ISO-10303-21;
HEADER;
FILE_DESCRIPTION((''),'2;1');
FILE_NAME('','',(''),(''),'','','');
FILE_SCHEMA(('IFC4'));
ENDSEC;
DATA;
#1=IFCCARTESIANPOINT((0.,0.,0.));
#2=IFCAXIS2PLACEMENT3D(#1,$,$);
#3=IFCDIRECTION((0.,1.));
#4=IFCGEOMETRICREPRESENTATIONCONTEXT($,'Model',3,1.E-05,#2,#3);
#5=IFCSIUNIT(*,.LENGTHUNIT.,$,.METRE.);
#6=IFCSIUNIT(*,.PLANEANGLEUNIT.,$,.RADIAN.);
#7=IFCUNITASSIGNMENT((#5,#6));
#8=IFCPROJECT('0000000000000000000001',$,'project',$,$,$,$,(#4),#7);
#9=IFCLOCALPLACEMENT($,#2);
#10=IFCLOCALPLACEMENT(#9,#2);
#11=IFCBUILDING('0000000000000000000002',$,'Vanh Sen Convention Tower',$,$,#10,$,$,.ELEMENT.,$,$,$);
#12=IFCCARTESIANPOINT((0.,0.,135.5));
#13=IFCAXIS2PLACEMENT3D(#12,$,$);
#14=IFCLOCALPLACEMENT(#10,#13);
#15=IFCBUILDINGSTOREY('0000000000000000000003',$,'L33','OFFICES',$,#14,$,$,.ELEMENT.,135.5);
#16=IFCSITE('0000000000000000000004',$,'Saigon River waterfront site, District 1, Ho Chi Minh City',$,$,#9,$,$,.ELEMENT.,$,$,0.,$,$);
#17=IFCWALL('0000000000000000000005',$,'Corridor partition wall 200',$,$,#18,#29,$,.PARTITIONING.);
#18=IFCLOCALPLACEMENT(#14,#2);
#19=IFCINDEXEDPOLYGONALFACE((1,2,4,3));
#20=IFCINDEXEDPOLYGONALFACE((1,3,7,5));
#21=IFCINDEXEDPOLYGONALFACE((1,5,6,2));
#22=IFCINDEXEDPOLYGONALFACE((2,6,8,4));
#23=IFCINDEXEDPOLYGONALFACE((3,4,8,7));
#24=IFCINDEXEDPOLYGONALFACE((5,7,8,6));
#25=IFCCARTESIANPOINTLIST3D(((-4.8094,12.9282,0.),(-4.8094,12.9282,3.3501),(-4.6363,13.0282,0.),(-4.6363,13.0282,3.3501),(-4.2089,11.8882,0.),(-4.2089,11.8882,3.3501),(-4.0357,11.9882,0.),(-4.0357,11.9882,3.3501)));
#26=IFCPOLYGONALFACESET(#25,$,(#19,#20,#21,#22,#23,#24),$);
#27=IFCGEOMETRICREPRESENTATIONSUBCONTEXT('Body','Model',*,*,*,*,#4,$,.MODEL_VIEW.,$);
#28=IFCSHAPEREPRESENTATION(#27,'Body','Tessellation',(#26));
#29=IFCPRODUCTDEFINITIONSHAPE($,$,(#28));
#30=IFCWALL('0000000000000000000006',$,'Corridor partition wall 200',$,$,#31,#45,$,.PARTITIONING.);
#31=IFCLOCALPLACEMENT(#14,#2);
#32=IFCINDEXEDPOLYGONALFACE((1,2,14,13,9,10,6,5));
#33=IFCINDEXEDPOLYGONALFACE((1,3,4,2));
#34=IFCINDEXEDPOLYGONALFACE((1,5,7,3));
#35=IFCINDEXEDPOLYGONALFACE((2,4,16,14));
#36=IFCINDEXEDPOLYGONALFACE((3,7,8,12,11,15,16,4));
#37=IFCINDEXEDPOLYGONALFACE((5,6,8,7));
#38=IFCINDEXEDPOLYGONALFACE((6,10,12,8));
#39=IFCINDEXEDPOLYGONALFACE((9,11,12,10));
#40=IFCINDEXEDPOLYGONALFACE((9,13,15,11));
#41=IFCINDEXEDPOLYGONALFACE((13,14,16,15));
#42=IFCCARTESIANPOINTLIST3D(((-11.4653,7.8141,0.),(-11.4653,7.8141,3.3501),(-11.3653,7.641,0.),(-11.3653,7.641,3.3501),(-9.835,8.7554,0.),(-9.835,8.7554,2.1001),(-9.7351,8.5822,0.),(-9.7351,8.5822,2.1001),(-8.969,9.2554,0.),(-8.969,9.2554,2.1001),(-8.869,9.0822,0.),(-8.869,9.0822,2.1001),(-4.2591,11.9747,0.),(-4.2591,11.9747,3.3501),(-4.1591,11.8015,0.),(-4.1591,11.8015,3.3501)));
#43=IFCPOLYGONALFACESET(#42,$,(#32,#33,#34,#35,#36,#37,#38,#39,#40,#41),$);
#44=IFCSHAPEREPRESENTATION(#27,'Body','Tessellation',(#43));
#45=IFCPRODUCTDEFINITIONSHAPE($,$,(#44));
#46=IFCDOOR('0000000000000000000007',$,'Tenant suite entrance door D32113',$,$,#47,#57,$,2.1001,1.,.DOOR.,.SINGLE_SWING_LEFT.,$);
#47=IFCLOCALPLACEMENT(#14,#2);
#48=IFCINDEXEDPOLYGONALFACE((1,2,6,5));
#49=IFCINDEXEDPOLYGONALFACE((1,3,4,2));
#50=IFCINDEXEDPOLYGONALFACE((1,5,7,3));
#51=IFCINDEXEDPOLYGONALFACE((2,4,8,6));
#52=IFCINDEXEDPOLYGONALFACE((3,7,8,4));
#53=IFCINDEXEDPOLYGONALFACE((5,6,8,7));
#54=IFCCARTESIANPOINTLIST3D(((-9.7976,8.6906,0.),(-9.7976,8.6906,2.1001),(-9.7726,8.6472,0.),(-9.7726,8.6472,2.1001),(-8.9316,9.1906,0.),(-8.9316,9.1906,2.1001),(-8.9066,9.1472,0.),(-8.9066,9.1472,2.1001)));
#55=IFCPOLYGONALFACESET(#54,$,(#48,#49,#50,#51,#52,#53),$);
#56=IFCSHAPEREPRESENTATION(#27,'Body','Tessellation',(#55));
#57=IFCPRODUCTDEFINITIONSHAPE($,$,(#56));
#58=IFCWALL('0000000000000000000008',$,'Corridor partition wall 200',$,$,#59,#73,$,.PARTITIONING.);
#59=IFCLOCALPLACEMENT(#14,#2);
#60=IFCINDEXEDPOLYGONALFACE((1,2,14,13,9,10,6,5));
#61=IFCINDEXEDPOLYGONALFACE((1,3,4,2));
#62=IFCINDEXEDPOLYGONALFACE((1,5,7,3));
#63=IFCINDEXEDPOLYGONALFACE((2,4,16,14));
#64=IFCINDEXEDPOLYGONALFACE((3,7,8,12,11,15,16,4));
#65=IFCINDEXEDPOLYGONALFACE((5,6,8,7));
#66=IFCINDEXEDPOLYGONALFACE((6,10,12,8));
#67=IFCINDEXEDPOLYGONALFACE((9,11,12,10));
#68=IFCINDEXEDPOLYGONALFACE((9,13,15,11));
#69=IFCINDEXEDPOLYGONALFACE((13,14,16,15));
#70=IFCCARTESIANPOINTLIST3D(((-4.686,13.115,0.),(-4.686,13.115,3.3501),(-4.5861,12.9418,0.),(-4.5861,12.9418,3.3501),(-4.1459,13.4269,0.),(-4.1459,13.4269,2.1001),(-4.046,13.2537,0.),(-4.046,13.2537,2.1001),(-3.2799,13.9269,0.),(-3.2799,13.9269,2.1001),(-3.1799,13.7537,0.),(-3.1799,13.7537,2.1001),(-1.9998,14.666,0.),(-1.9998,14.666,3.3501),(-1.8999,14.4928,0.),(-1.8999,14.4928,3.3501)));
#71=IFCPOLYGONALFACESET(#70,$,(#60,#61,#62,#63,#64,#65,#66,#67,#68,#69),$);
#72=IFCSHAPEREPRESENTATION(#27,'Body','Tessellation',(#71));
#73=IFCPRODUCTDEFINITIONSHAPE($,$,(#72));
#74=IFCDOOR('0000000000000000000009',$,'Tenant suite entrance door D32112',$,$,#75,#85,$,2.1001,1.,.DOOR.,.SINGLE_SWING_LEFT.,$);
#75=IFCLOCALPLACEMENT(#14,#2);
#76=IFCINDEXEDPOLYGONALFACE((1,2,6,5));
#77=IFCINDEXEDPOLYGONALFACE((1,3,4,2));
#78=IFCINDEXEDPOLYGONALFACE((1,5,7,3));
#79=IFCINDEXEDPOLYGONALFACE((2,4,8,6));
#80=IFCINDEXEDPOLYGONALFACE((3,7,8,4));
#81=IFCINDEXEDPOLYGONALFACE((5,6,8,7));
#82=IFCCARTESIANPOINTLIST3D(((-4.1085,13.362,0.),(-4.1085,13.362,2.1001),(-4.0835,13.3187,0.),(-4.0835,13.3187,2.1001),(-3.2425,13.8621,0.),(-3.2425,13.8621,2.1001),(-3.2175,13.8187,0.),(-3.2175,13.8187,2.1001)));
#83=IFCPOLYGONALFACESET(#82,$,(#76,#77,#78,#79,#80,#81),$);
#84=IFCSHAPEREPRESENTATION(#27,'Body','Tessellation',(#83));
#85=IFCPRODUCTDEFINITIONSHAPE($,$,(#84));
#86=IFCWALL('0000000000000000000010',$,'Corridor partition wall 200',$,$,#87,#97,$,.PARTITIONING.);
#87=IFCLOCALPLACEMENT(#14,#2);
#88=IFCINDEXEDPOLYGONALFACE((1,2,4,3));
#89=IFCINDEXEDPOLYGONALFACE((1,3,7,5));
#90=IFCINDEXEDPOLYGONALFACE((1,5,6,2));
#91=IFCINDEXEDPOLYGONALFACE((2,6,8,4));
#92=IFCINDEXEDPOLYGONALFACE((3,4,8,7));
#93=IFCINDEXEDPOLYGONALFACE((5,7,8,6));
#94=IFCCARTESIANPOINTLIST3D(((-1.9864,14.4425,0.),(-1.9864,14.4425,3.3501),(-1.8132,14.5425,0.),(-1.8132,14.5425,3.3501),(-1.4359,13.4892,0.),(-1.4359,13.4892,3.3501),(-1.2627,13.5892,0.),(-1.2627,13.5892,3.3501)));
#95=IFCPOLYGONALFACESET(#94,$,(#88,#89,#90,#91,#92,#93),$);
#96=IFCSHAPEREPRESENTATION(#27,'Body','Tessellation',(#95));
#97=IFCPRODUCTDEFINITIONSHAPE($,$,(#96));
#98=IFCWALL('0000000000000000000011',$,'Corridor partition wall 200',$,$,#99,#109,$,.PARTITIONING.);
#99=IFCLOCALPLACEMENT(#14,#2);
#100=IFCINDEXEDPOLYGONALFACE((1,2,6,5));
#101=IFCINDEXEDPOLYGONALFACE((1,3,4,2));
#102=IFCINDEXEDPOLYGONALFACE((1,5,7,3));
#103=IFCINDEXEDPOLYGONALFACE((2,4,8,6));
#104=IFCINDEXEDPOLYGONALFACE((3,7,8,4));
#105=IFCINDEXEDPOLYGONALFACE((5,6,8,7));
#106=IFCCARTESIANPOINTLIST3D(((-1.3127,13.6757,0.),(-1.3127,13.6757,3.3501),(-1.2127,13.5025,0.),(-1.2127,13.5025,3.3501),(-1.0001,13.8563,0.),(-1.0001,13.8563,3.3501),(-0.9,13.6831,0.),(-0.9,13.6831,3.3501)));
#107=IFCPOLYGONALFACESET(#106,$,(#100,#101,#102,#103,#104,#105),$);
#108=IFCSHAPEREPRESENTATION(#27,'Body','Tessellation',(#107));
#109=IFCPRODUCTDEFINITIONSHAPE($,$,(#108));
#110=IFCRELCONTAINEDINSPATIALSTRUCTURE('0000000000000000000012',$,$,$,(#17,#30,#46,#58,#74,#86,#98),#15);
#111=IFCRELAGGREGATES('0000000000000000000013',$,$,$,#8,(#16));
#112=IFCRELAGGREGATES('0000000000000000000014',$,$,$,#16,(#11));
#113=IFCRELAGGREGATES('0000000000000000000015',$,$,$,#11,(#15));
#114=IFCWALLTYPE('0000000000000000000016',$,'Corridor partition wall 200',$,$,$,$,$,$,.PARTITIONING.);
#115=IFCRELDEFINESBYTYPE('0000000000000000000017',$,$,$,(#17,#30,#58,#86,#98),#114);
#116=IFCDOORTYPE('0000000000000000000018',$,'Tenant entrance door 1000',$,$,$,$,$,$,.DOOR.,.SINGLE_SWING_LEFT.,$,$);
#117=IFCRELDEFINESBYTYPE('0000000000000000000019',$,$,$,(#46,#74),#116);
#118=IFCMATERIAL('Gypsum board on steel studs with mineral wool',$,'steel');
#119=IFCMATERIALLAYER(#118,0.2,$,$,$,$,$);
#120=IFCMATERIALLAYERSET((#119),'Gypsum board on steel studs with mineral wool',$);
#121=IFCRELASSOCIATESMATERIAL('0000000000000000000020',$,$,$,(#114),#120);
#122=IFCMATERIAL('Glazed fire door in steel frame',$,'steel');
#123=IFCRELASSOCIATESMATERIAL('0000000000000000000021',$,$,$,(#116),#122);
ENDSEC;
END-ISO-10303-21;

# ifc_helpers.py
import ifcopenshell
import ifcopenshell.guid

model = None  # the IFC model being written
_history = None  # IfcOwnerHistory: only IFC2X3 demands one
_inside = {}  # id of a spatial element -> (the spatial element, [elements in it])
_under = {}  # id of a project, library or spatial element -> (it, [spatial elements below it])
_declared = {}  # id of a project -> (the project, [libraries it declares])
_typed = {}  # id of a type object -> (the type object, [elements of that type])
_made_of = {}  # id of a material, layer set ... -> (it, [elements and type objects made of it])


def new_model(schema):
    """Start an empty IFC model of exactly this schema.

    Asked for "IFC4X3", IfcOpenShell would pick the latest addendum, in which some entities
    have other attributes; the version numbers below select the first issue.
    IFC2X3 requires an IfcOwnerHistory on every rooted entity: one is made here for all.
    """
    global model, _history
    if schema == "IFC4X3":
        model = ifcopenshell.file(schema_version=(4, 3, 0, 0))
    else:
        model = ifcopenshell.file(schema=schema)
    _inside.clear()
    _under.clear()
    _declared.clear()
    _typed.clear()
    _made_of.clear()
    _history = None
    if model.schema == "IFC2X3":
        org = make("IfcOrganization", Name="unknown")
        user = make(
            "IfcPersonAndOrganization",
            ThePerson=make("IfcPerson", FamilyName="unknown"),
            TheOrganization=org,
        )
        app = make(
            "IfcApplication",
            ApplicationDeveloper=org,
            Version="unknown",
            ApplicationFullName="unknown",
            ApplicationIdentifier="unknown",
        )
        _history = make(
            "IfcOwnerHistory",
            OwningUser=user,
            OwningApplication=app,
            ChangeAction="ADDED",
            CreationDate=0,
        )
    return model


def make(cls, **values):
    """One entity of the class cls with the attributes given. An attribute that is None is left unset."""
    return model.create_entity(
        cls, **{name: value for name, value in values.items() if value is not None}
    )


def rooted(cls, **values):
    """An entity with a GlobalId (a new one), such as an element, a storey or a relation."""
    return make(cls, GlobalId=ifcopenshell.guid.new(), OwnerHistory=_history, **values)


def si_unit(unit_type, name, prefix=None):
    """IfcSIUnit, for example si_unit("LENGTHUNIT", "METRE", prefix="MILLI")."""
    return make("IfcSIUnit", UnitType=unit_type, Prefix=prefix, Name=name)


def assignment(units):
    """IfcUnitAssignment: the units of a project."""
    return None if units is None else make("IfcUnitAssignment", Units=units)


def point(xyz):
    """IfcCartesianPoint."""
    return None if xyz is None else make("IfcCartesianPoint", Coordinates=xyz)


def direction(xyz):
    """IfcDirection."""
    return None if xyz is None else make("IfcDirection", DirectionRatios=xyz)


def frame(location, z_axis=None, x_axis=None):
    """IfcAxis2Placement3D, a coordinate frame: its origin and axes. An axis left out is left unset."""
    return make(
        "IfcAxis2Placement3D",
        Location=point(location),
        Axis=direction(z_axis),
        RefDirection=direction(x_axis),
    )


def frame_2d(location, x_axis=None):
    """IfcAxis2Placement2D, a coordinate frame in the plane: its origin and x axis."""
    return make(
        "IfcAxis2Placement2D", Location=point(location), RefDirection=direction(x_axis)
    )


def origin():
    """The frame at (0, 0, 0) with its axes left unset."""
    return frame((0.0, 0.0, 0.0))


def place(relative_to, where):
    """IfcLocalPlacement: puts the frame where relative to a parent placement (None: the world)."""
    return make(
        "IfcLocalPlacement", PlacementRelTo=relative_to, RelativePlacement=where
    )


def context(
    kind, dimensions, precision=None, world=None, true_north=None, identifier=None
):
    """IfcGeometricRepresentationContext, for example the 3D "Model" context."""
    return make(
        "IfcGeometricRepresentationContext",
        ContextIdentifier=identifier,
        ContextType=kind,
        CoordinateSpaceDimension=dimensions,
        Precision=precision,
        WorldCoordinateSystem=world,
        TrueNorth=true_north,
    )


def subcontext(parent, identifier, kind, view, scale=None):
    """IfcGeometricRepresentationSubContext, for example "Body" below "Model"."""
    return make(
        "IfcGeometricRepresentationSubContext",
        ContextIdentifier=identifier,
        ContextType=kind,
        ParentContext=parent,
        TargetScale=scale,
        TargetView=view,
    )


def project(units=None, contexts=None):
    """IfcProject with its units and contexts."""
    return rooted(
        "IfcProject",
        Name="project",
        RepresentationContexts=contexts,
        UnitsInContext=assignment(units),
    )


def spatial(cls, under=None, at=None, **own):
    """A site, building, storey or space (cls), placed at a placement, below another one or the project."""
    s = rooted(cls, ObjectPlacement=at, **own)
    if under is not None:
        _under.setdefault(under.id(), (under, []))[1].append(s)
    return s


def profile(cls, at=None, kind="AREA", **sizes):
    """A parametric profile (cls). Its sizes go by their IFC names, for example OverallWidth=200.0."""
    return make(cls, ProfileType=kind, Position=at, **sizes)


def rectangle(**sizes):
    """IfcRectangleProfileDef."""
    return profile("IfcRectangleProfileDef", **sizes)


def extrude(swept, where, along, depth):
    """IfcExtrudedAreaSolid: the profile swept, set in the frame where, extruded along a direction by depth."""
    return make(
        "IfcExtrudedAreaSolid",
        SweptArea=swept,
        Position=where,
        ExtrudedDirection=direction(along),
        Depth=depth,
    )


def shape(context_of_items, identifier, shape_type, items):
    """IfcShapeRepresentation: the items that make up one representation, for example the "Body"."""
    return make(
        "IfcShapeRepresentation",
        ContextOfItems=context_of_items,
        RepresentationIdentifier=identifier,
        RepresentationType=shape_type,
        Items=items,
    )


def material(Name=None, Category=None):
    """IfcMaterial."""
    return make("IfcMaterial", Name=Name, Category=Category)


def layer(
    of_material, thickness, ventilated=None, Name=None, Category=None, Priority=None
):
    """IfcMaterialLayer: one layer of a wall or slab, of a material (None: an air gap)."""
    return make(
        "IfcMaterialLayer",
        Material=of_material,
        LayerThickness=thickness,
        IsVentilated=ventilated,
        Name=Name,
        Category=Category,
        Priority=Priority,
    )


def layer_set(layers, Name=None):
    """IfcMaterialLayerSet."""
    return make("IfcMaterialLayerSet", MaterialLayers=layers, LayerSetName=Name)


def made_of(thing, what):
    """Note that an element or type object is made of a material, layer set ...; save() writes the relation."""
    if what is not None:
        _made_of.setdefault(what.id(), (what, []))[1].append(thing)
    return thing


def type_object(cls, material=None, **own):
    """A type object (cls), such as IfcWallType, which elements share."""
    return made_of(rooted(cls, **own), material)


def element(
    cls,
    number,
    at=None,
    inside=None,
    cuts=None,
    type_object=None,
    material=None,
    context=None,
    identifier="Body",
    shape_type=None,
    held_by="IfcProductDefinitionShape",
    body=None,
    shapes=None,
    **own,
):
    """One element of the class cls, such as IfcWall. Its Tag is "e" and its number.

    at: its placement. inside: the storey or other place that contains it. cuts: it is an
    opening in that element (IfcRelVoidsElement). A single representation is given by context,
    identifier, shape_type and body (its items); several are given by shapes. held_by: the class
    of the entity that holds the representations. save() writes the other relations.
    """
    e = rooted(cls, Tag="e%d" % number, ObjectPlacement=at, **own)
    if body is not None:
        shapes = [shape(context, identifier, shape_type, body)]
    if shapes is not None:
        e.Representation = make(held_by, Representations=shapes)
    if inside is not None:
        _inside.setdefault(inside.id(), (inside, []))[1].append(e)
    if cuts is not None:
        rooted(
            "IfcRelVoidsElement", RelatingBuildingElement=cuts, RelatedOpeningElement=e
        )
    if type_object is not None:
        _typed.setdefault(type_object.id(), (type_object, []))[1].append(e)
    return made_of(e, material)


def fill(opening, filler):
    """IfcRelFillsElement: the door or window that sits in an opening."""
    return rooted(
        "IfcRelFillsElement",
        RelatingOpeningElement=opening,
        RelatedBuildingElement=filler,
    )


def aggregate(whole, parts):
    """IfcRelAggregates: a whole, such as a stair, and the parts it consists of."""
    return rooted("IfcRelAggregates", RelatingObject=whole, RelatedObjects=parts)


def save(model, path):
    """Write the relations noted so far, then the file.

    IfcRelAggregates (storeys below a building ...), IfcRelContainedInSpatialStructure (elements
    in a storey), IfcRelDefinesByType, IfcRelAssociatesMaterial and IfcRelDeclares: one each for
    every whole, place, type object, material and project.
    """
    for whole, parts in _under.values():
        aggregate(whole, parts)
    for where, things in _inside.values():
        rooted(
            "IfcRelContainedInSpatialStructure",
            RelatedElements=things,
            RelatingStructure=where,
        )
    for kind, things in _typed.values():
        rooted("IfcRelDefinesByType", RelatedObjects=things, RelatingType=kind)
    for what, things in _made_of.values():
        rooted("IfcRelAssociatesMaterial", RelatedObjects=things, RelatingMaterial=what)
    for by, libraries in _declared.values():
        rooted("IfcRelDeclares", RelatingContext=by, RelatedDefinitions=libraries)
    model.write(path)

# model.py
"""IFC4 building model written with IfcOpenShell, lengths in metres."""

from ifc_helpers import new_model, si_unit, direction, frame, frame_2d, origin, place, context, subcontext, project, spatial, rectangle, extrude, material, layer, layer_set, type_object, element, fill, save


model = new_model("IFC4")

# Units and contexts
model_context = context("Model", 3, precision=1e-05, world=origin(), true_north=direction((0.0, 1.0)))
body_context = subcontext(model_context, "Body", "Model", "MODEL_VIEW")
ifc_project = project(units=[si_unit("LENGTHUNIT", "METRE"), si_unit("PLANEANGLEUNIT", "RADIAN")], contexts=[model_context])

# Site, building, storey
site_placement = place(None, origin())
site = spatial("IfcSite", under=ifc_project, at=site_placement, Name="Saigon River waterfront site, District 1, Ho Chi Minh City", CompositionType="ELEMENT", RefElevation=0.0)
building_placement = place(site_placement, origin())
building = spatial("IfcBuilding", under=site, at=building_placement, Name="Vanh Sen Convention Tower", CompositionType="ELEMENT")
storey_placement = place(building_placement, frame((0.0, 0.0, 135.5)))
storey = spatial("IfcBuildingStorey", under=building, at=storey_placement, Name="L33", Description="OFFICES", CompositionType="ELEMENT", Elevation=135.5)

# Wall
ifc_material_1 = material(Name="Gypsum board on steel studs with mineral wool", Category="steel")
ifc_layer_1 = layer(ifc_material_1, 0.2)
ifc_layer_set_1 = layer_set([ifc_layer_1], Name="Gypsum board on steel studs with mineral wool")
wall_type_1 = type_object("IfcWallType", Name="Corridor partition wall 200", PredefinedType="PARTITIONING", material=ifc_layer_set_1)
wall_1_placement = place(storey_placement, frame((-4.7229, 12.9783, 0.0), z_axis=(0.0, 0.0, 1.0), x_axis=(0.500074, -0.865982, 0.0)))
element("IfcWall", 1, at=wall_1_placement, inside=storey, type_object=wall_type_1, Name="Corridor partition wall 200", PredefinedType="PARTITIONING", context=body_context, shape_type="SweptSolid", body=[
    extrude(rectangle(XDim=1.2009, YDim=0.2, at=frame_2d((0.6006, 0.0))), origin(), (0.0, 0.0, 1.0), 3.3501),
])

# Walls, openings, doors
wall_2_placement = place(storey_placement, frame((-4.209, 11.8882, 0.0), z_axis=(0.0, 0.0, 1.0), x_axis=(-0.866021, -0.500008, 0.0)))
wall_2 = element("IfcWall", 2, at=wall_2_placement, inside=storey, type_object=wall_type_1, Name="Corridor partition wall 200", PredefinedType="PARTITIONING", context=body_context, shape_type="SweptSolid", body=[
    extrude(rectangle(XDim=8.321, YDim=0.2, at=frame_2d((4.1606, 0.0))), origin(), (0.0, 0.0, 1.0), 3.3501),
])
opening_1_placement = place(wall_2_placement, frame((5.4387, 0.0, 0.0)))
opening_1 = element("IfcOpeningElement", 3, at=opening_1_placement, cuts=wall_2, PredefinedType="OPENING", context=body_context, shape_type="SweptSolid", body=[
    extrude(rectangle(XDim=1.0, YDim=2.1001, at=frame_2d((0.5, 1.05))), frame((0.0, 0.1099, 0.0), z_axis=(0.0, -1.0, 0.0), x_axis=(1.0, 0.0, 0.0)), (0.0, 0.0, 1.0), 0.22),
])
ifc_material_2 = material(Name="Glazed fire door in steel frame", Category="steel")
door_type = type_object("IfcDoorType", Name="Tenant entrance door 1000", OperationType="SINGLE_SWING_LEFT", PredefinedType="DOOR", material=ifc_material_2)
door_1_placement = place(opening_1_placement, origin())
door_1 = element("IfcDoor", 4, at=door_1_placement, inside=storey, type_object=door_type, Name="Tenant suite entrance door D32113", OperationType="SINGLE_SWING_LEFT", OverallHeight=2.1001, OverallWidth=1.0, PredefinedType="DOOR", context=body_context, shape_type="SweptSolid", body=[
    extrude(rectangle(XDim=1.0, YDim=2.1001, at=frame_2d((0.5, 1.05))), frame((0.0, 0.0249, 0.0), z_axis=(0.0, -1.0, 0.0), x_axis=(1.0, 0.0, 0.0)), (0.0, 0.0, 1.0), 0.05),
])
fill(opening_1, door_1)
wall_3_placement = place(storey_placement, frame((-1.95, 14.5793, 0.0), z_axis=(0.0, 0.0, 1.0), x_axis=(-0.866011, -0.500024, 0.0)))
wall_3 = element("IfcWall", 5, at=wall_3_placement, inside=storey, type_object=wall_type_1, Name="Corridor partition wall 200", PredefinedType="PARTITIONING", context=body_context, shape_type="SweptSolid", body=[
    extrude(rectangle(XDim=3.1018, YDim=0.2, at=frame_2d((1.5508, 0.0))), origin(), (0.0, 0.0, 1.0), 3.3501),
])
opening_2_placement = place(wall_3_placement, frame((1.478, 0.0, 0.0)))
opening_2 = element("IfcOpeningElement", 6, at=opening_2_placement, cuts=wall_3, PredefinedType="OPENING", context=body_context, shape_type="SweptSolid", body=[
    extrude(rectangle(XDim=1.0, YDim=2.1001, at=frame_2d((0.5, 1.05))), frame((0.0, 0.1099, 0.0), z_axis=(0.0, -1.0, 0.0), x_axis=(1.0, 0.0, 0.0)), (0.0, 0.0, 1.0), 0.22),
])
door_2_placement = place(opening_2_placement, origin())
door_2 = element("IfcDoor", 7, at=door_2_placement, inside=storey, type_object=door_type, Name="Tenant suite entrance door D32112", OperationType="SINGLE_SWING_LEFT", OverallHeight=2.1001, OverallWidth=1.0, PredefinedType="DOOR", context=body_context, shape_type="SweptSolid", body=[
    extrude(rectangle(XDim=1.0, YDim=2.1001, at=frame_2d((0.5, 1.05))), frame((0.0, 0.0249, 0.0), z_axis=(0.0, -1.0, 0.0), x_axis=(1.0, 0.0, 0.0)), (0.0, 0.0, 1.0), 0.05),
])
fill(opening_2, door_2)

# Walls
wall_4_placement = place(storey_placement, frame((-1.3494, 13.5393, 0.0), z_axis=(0.0, 0.0, 1.0), x_axis=(-0.500074, 0.865982, 0.0)))
element("IfcWall", 8, at=wall_4_placement, inside=storey, type_object=wall_type_1, Name="Corridor partition wall 200", PredefinedType="PARTITIONING", context=body_context, shape_type="SweptSolid", body=[
    extrude(rectangle(XDim=1.1008, YDim=0.2, at=frame_2d((0.5503, 0.0))), origin(), (0.0, 0.0, 1.0), 3.3501),
])
wall_5_placement = place(storey_placement, frame((-0.95, 13.7698, 0.0), z_axis=(0.0, 0.0, 1.0), x_axis=(-0.865904, -0.50021, 0.0)))
element("IfcWall", 9, at=wall_5_placement, inside=storey, type_object=wall_type_1, Name="Corridor partition wall 200", PredefinedType="PARTITIONING", context=body_context, shape_type="SweptSolid", body=[
    extrude(rectangle(XDim=0.3611, YDim=0.2, at=frame_2d((0.1807, 0.0))), origin(), (0.0, 0.0, 1.0), 3.3501),
])

save(model, "model.ifc")
